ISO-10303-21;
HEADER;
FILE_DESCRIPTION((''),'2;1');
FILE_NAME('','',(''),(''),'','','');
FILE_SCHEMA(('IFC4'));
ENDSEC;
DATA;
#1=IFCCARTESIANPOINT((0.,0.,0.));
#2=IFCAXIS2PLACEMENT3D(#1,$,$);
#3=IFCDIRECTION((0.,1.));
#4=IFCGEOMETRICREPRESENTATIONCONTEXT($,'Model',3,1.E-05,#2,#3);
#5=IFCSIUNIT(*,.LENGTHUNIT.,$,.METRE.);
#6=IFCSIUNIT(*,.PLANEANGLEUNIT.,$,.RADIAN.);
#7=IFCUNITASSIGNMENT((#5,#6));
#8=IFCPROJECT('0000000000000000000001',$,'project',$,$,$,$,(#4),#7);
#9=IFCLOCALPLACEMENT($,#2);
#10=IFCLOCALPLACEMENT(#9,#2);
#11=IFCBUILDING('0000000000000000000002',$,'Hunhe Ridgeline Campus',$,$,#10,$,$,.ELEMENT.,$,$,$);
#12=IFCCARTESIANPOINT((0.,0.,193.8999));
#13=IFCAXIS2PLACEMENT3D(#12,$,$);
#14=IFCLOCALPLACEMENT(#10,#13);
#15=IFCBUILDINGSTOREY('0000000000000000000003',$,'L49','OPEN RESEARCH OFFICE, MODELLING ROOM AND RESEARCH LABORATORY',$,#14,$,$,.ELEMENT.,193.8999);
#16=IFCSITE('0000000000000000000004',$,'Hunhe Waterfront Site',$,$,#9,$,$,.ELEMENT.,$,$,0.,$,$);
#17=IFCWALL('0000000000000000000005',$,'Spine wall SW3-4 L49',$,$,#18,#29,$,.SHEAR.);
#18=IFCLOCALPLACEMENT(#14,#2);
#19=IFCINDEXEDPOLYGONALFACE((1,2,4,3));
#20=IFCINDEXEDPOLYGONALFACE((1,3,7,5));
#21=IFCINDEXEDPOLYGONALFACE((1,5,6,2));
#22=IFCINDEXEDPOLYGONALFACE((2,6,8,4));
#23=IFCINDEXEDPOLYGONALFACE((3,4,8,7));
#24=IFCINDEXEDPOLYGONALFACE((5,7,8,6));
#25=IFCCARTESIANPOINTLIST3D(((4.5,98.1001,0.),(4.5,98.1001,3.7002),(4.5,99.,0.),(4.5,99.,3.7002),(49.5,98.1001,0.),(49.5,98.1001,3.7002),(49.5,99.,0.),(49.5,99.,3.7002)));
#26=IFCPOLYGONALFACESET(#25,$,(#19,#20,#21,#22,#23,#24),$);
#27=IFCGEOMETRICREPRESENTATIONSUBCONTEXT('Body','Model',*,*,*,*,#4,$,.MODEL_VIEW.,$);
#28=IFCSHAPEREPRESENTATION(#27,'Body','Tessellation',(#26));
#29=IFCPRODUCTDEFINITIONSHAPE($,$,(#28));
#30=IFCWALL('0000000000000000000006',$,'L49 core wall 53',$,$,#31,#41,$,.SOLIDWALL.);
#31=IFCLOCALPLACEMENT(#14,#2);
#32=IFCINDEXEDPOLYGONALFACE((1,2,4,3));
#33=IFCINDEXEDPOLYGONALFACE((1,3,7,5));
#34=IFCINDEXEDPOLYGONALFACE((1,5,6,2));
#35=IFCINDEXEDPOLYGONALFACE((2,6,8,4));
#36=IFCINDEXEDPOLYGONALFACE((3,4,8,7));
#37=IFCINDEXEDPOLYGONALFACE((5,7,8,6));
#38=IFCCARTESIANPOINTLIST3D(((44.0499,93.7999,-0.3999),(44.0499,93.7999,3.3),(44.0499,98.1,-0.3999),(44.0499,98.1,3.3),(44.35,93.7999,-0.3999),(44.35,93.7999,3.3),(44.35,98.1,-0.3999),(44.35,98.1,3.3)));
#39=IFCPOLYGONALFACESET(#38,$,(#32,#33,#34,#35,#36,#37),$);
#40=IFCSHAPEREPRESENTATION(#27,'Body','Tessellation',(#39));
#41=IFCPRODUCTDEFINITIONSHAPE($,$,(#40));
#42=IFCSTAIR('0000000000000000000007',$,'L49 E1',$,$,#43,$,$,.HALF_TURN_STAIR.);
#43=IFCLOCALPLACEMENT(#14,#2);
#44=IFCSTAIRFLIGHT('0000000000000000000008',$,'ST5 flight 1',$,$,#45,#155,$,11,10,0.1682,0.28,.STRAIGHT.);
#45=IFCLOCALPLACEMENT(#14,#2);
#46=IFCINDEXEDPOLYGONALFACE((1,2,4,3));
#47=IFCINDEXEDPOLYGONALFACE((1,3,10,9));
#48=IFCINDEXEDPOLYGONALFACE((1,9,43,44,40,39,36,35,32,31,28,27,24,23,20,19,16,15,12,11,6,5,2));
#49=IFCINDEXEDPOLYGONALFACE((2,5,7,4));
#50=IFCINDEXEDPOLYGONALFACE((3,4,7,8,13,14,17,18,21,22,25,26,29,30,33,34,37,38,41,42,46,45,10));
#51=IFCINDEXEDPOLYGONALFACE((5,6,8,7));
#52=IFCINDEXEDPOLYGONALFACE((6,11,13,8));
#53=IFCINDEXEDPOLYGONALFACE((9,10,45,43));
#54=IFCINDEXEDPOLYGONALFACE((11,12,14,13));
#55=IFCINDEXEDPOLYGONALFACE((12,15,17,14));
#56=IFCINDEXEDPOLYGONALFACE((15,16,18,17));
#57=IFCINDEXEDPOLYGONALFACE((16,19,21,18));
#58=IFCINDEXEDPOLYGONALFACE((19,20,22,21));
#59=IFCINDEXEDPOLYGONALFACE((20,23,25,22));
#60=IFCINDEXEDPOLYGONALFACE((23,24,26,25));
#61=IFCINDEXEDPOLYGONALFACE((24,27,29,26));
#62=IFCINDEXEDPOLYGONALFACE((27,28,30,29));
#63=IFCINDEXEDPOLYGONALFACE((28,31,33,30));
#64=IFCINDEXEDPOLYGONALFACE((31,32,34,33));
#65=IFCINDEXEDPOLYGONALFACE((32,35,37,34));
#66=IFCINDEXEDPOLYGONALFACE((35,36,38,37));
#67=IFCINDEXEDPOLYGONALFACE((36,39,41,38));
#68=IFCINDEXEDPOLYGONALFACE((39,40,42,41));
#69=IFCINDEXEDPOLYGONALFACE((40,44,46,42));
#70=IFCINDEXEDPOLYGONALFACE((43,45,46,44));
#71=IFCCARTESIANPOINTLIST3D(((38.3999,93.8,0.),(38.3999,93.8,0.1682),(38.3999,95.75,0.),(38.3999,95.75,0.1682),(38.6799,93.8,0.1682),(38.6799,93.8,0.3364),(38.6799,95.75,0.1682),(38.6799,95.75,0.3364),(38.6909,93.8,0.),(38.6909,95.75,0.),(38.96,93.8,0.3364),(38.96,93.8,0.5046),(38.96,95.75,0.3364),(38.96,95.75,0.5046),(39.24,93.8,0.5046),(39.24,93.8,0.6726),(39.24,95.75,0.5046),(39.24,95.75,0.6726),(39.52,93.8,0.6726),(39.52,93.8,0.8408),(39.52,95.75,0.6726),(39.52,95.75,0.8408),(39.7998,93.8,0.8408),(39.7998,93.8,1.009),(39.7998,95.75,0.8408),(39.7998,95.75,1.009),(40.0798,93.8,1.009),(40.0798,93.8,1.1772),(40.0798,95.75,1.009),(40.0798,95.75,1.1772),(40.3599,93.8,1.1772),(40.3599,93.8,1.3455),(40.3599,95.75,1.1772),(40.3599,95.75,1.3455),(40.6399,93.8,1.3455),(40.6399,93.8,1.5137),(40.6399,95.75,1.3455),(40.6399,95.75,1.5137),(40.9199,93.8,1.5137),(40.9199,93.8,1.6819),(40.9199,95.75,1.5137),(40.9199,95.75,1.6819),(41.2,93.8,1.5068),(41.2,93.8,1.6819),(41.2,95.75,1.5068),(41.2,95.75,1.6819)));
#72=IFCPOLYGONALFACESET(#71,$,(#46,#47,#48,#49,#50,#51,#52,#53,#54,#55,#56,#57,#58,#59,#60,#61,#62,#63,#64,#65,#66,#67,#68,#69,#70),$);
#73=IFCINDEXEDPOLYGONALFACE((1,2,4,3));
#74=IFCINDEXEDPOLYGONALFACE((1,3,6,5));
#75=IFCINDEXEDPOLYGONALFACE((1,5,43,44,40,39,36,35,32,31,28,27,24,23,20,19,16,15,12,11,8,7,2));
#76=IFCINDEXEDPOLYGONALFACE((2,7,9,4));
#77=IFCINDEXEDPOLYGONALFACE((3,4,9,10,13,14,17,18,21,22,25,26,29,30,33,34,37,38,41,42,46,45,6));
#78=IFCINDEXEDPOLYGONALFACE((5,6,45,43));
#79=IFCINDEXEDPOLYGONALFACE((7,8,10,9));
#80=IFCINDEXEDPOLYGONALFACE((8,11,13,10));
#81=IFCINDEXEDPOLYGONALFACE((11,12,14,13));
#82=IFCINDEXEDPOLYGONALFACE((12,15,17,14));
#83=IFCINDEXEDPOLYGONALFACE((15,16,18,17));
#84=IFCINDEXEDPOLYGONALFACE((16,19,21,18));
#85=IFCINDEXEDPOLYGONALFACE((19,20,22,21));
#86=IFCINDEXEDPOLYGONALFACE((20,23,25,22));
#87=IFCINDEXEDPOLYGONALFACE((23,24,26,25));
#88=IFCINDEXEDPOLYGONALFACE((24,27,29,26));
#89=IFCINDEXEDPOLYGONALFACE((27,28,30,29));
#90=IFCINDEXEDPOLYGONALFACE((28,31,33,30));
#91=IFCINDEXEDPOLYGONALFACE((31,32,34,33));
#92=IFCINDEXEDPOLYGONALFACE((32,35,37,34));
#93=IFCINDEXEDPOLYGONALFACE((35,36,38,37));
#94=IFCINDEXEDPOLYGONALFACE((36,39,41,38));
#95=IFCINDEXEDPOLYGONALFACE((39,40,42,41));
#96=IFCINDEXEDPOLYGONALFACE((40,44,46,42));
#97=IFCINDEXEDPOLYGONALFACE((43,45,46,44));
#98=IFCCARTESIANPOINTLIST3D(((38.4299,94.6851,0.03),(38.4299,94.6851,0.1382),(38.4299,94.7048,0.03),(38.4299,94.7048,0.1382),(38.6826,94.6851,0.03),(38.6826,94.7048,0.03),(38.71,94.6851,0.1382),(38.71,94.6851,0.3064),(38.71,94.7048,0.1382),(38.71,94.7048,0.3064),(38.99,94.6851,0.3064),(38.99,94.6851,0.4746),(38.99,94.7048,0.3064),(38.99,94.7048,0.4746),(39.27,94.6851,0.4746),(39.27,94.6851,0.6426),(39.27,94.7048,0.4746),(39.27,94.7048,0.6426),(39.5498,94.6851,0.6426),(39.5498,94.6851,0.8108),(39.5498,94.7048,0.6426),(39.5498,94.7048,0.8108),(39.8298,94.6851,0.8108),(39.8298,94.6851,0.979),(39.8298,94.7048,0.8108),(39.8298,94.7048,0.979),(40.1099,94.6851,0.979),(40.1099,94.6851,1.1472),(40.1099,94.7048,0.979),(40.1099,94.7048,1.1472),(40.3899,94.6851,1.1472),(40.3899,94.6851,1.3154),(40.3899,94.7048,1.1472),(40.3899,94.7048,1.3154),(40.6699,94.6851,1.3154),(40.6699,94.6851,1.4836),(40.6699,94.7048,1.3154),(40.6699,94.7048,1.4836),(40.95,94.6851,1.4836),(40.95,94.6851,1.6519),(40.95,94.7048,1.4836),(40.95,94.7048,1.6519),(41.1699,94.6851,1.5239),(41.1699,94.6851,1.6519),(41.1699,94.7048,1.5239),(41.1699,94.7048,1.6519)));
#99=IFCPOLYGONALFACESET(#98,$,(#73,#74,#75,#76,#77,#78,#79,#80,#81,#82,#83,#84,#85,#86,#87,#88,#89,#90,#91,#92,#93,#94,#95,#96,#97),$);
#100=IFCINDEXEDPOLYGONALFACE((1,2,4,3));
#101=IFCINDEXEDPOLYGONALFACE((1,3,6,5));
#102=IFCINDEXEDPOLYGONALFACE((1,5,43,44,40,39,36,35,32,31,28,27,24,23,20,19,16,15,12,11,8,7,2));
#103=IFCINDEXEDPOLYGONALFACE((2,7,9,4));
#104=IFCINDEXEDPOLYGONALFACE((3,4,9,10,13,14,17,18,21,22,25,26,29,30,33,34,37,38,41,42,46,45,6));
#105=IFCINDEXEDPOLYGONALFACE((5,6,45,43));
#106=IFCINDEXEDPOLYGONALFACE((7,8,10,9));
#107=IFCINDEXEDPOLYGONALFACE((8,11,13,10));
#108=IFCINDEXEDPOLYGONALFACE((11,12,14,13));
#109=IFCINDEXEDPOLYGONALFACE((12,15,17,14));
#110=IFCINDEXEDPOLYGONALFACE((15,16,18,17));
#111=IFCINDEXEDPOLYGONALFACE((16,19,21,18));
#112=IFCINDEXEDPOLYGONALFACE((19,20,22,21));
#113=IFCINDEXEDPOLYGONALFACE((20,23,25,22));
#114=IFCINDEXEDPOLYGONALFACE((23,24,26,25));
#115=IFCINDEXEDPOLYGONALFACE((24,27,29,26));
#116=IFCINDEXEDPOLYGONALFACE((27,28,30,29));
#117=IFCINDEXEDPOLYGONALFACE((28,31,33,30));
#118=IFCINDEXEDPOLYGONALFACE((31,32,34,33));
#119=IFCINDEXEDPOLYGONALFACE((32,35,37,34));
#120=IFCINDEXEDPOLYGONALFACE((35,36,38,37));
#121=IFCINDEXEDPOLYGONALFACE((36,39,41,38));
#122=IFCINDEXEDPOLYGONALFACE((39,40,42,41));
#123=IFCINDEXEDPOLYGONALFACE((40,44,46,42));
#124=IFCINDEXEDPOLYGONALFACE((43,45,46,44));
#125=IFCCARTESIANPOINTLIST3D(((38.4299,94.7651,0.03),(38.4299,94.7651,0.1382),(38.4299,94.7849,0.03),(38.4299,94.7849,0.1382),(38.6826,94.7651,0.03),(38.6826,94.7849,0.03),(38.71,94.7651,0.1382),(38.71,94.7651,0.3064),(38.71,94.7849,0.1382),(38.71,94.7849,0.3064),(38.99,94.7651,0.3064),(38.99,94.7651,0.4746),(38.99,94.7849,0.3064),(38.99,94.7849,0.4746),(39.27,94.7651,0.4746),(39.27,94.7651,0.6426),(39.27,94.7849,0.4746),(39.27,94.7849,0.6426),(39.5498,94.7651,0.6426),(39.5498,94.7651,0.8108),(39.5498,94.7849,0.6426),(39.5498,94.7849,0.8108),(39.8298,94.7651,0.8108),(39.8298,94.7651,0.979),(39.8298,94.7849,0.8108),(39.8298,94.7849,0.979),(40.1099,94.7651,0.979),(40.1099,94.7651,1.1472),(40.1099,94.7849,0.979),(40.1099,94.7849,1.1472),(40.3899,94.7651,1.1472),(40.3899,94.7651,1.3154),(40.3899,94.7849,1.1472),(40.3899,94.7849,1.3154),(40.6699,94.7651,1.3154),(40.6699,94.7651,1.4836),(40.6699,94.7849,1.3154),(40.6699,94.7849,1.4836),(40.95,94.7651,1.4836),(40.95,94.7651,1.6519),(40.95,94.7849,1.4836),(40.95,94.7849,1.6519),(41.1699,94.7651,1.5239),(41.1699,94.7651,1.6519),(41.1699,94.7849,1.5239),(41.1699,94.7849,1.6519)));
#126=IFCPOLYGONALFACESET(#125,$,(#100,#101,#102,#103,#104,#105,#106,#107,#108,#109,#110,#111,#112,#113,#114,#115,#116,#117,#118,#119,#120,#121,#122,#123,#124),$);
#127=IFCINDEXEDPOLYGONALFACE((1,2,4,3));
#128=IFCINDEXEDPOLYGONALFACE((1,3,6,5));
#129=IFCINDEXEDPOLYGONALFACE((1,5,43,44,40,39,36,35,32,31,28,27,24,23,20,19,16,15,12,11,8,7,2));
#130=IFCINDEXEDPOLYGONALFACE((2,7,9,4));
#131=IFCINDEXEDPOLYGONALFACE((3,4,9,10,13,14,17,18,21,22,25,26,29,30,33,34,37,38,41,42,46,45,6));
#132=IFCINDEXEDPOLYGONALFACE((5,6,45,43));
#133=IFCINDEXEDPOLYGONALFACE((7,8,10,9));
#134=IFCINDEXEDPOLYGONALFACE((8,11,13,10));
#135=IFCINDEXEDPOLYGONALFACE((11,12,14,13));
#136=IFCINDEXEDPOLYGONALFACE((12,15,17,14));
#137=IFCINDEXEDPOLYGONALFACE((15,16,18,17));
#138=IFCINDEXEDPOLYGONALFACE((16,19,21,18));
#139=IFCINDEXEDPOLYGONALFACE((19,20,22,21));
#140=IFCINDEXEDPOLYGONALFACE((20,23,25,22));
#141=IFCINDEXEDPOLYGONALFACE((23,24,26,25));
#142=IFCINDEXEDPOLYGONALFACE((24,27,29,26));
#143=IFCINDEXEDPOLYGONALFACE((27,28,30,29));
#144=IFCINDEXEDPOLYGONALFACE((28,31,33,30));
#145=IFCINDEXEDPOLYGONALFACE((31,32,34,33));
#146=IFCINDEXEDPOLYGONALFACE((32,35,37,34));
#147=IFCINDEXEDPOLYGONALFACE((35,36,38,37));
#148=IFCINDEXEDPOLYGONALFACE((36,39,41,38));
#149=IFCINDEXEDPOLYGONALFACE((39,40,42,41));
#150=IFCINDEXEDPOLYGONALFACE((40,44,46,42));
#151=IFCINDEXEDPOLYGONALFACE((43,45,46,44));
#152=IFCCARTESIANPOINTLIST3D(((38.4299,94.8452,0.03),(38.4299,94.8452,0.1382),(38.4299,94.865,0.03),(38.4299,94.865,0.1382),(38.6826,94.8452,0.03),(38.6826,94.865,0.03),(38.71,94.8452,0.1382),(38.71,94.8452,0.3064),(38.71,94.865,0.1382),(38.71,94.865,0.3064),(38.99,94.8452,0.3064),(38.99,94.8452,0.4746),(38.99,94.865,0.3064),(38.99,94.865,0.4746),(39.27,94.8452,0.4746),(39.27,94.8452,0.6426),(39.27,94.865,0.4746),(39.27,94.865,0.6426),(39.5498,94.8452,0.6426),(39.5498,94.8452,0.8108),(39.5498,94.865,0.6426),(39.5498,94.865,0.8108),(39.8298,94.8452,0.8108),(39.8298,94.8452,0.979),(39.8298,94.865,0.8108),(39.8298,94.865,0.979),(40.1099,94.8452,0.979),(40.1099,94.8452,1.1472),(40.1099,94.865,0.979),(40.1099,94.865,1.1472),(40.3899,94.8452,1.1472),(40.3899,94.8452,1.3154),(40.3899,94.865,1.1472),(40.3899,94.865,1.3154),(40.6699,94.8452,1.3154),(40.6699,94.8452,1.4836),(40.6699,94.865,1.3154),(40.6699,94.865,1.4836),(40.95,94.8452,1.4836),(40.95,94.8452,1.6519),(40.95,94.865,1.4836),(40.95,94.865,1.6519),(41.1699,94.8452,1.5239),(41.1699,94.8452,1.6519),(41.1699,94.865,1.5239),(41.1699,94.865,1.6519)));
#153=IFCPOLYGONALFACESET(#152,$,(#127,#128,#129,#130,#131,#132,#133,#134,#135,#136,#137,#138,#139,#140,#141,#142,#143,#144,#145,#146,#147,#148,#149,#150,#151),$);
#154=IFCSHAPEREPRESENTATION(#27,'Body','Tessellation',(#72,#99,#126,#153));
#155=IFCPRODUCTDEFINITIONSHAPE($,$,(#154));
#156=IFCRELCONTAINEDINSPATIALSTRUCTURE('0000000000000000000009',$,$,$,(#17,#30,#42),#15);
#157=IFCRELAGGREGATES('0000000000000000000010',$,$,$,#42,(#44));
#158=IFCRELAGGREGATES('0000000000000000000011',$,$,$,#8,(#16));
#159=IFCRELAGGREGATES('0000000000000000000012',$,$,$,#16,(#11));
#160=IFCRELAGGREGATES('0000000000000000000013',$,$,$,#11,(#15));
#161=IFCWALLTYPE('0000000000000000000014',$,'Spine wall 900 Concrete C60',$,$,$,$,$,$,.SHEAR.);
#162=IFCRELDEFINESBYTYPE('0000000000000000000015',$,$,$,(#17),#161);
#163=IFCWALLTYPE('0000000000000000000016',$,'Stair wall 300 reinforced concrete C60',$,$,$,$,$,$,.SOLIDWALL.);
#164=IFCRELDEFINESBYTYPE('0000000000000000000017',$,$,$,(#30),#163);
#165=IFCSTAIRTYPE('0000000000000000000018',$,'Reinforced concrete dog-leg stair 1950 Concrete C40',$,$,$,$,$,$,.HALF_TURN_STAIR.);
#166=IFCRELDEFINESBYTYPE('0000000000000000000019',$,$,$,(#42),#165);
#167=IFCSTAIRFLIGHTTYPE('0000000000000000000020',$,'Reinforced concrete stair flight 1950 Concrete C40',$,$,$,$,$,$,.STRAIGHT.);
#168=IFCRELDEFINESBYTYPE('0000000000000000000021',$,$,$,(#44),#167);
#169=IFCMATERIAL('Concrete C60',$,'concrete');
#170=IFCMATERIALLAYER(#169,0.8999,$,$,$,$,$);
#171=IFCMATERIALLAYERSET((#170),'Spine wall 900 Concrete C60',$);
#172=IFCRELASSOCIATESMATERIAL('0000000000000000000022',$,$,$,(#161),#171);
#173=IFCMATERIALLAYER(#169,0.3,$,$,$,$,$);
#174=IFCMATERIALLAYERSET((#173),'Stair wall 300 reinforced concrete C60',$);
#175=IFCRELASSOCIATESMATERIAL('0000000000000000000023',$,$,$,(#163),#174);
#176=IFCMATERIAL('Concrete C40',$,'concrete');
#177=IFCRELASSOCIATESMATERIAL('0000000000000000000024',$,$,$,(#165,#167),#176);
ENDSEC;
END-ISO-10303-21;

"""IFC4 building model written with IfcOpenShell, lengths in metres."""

from ifc_helpers import new_model, si_unit, direction, frame, frame_2d, origin, place, context, subcontext, project, spatial, polyline, rectangle, outline, extrude, material, layer, layer_set, type_object, element, aggregate, save


model = new_model("IFC4")

# Units and contexts
model_context = context("Model", 3, precision=1e-05, world=origin(), true_north=direction((0.0, 1.0)))
body_context = subcontext(model_context, "Body", "Model", "MODEL_VIEW")
ifc_project = project(units=[si_unit("LENGTHUNIT", "METRE"), si_unit("PLANEANGLEUNIT", "RADIAN")], contexts=[model_context])

# Site, building, storey
site_placement = place(None, origin())
site = spatial("IfcSite", under=ifc_project, at=site_placement, Name="Hunhe Waterfront Site", CompositionType="ELEMENT", RefElevation=0.0)
building_placement = place(site_placement, origin())
building = spatial("IfcBuilding", under=site, at=building_placement, Name="Hunhe Ridgeline Campus", CompositionType="ELEMENT")
storey_placement = place(building_placement, frame((0.0, 0.0, 193.8999)))
storey = spatial("IfcBuildingStorey", under=building, at=storey_placement, Name="L49", Description="OPEN RESEARCH OFFICE, MODELLING ROOM AND RESEARCH LABORATORY", CompositionType="ELEMENT", Elevation=193.8999)

# Shared definitions
ifc_material_1 = material(Name="Concrete C60", Category="concrete")

# Walls
ifc_layer_1 = layer(ifc_material_1, 0.8999)
ifc_layer_set_1 = layer_set([ifc_layer_1], Name="Spine wall 900 Concrete C60")
wall_type_1 = type_object("IfcWallType", Name="Spine wall 900 Concrete C60", PredefinedType="SHEAR", material=ifc_layer_set_1)
wall_1_placement = place(storey_placement, frame((49.5, 98.55, 0.0), z_axis=(0.0, 0.0, 1.0), x_axis=(-1.0, 0.0, 0.0)))
element("IfcWall", 1, at=wall_1_placement, inside=storey, type_object=wall_type_1, Name="Spine wall SW3-4 L49", PredefinedType="SHEAR", context=body_context, shape_type="SweptSolid", body=[
    extrude(rectangle(XDim=45.0, YDim=0.8999, at=frame_2d((22.5, 0.0))), origin(), (0.0, 0.0, 1.0), 3.7002),
])
ifc_layer_2 = layer(ifc_material_1, 0.3)
ifc_layer_set_2 = layer_set([ifc_layer_2], Name="Stair wall 300 reinforced concrete C60")
wall_type_2 = type_object("IfcWallType", Name="Stair wall 300 reinforced concrete C60", PredefinedType="SOLIDWALL", material=ifc_layer_set_2)
wall_2_placement = place(storey_placement, frame((44.2, 93.8, -0.3999), z_axis=(0.0, 0.0, 1.0), x_axis=(0.0, 1.0, 0.0)))
element("IfcWall", 2, at=wall_2_placement, inside=storey, type_object=wall_type_2, Name="L49 core wall 53", PredefinedType="SOLIDWALL", context=body_context, shape_type="SweptSolid", body=[
    extrude(rectangle(XDim=4.3, YDim=0.3, at=frame_2d((2.1499, 0.0))), origin(), (0.0, 0.0, 1.0), 3.7),
])

# Stair, stair flight
ifc_material_2 = material(Name="Concrete C40", Category="concrete")
stair_type = type_object("IfcStairType", Name="Reinforced concrete dog-leg stair 1950 Concrete C40", PredefinedType="HALF_TURN_STAIR", material=ifc_material_2)
stair_placement = place(storey_placement, origin())
stair = element("IfcStair", 3, at=stair_placement, inside=storey, type_object=stair_type, Name="L49 E1", PredefinedType="HALF_TURN_STAIR")
stair_flight_type = type_object("IfcStairFlightType", Name="Reinforced concrete stair flight 1950 Concrete C40", PredefinedType="STRAIGHT", material=ifc_material_2)
stair_flight_1_placement = place(storey_placement, frame((38.3999, 94.7749, 0.0), z_axis=(0.0, 0.0, 1.0), x_axis=(1.0, 0.0, 0.0)))
stair_flight_1 = element("IfcStairFlight", 4, at=stair_flight_1_placement, type_object=stair_flight_type, Name="ST5 flight 1", NumberOfRisers=11, NumberOfTreads=10, PredefinedType="STRAIGHT", RiserHeight=0.1682, TreadLength=0.28, context=body_context, shape_type="SweptSolid", body=[
    extrude(outline(polyline([(0.0, 0.0), (0.0, 0.1682), (0.28, 0.1682), (0.28, 0.3364), (0.5601, 0.3364), (0.5601, 0.5046), (0.8401, 0.5046), (0.8401, 0.6726), (1.1201, 0.6726), (1.1201, 0.8408), (1.3999, 0.8408), (1.3999, 1.009), (1.6799, 1.009), (1.6799, 1.1772), (1.96, 1.1772), (1.96, 1.3455), (2.24, 1.3455), (2.24, 1.5137), (2.52, 1.5137), (2.52, 1.6819), (2.8, 1.6819), (2.8, 1.8501), (2.8, 1.5068), (0.291, 0.0), (0.0, 0.0)])), frame((0.0, 0.9751, 0.0), z_axis=(0.0, -1.0, 0.0), x_axis=(1.0, 0.0, 0.0)), (0.0, 0.0, 1.0), 1.95),
    extrude(outline(polyline([(0.03, 0.03), (0.03, 0.1382), (0.3101, 0.1382), (0.3101, 0.3064), (0.5901, 0.3064), (0.5901, 0.4746), (0.8701, 0.4746), (0.8701, 0.6426), (1.1499, 0.6426), (1.1499, 0.8108), (1.4299, 0.8108), (1.4299, 0.979), (1.71, 0.979), (1.71, 1.1472), (1.99, 1.1472), (1.99, 1.3154), (2.27, 1.3154), (2.27, 1.4836), (2.55, 1.4836), (2.55, 1.6519), (2.77, 1.6519), (2.77, 1.5239), (0.2827, 0.03), (0.03, 0.03)])), frame((0.0, -0.0701, 0.0), z_axis=(0.0, -1.0, 0.0), x_axis=(1.0, 0.0, 0.0)), (0.0, 0.0, 1.0), 0.0198),
    extrude(outline(polyline([(0.03, 0.03), (0.03, 0.1382), (0.3101, 0.1382), (0.3101, 0.3064), (0.5901, 0.3064), (0.5901, 0.4746), (0.8701, 0.4746), (0.8701, 0.6426), (1.1499, 0.6426), (1.1499, 0.8108), (1.4299, 0.8108), (1.4299, 0.979), (1.71, 0.979), (1.71, 1.1472), (1.99, 1.1472), (1.99, 1.3154), (2.27, 1.3154), (2.27, 1.4836), (2.55, 1.4836), (2.55, 1.6519), (2.77, 1.6519), (2.77, 1.5239), (0.2827, 0.03), (0.03, 0.03)])), frame((0.0, 0.01, 0.0), z_axis=(0.0, -1.0, 0.0), x_axis=(1.0, 0.0, 0.0)), (0.0, 0.0, 1.0), 0.0198),
    extrude(outline(polyline([(0.03, 0.03), (0.03, 0.1382), (0.3101, 0.1382), (0.3101, 0.3064), (0.5901, 0.3064), (0.5901, 0.4746), (0.8701, 0.4746), (0.8701, 0.6426), (1.1499, 0.6426), (1.1499, 0.8108), (1.4299, 0.8108), (1.4299, 0.979), (1.71, 0.979), (1.71, 1.1472), (1.99, 1.1472), (1.99, 1.3154), (2.27, 1.3154), (2.27, 1.4836), (2.55, 1.4836), (2.55, 1.6519), (2.77, 1.6519), (2.77, 1.5239), (0.2827, 0.03), (0.03, 0.03)])), frame((0.0, 0.0901, 0.0), z_axis=(0.0, -1.0, 0.0), x_axis=(1.0, 0.0, 0.0)), (0.0, 0.0, 1.0), 0.0198),
])
aggregate(stair, [stair_flight_1])

save(model, "model.ifc")
